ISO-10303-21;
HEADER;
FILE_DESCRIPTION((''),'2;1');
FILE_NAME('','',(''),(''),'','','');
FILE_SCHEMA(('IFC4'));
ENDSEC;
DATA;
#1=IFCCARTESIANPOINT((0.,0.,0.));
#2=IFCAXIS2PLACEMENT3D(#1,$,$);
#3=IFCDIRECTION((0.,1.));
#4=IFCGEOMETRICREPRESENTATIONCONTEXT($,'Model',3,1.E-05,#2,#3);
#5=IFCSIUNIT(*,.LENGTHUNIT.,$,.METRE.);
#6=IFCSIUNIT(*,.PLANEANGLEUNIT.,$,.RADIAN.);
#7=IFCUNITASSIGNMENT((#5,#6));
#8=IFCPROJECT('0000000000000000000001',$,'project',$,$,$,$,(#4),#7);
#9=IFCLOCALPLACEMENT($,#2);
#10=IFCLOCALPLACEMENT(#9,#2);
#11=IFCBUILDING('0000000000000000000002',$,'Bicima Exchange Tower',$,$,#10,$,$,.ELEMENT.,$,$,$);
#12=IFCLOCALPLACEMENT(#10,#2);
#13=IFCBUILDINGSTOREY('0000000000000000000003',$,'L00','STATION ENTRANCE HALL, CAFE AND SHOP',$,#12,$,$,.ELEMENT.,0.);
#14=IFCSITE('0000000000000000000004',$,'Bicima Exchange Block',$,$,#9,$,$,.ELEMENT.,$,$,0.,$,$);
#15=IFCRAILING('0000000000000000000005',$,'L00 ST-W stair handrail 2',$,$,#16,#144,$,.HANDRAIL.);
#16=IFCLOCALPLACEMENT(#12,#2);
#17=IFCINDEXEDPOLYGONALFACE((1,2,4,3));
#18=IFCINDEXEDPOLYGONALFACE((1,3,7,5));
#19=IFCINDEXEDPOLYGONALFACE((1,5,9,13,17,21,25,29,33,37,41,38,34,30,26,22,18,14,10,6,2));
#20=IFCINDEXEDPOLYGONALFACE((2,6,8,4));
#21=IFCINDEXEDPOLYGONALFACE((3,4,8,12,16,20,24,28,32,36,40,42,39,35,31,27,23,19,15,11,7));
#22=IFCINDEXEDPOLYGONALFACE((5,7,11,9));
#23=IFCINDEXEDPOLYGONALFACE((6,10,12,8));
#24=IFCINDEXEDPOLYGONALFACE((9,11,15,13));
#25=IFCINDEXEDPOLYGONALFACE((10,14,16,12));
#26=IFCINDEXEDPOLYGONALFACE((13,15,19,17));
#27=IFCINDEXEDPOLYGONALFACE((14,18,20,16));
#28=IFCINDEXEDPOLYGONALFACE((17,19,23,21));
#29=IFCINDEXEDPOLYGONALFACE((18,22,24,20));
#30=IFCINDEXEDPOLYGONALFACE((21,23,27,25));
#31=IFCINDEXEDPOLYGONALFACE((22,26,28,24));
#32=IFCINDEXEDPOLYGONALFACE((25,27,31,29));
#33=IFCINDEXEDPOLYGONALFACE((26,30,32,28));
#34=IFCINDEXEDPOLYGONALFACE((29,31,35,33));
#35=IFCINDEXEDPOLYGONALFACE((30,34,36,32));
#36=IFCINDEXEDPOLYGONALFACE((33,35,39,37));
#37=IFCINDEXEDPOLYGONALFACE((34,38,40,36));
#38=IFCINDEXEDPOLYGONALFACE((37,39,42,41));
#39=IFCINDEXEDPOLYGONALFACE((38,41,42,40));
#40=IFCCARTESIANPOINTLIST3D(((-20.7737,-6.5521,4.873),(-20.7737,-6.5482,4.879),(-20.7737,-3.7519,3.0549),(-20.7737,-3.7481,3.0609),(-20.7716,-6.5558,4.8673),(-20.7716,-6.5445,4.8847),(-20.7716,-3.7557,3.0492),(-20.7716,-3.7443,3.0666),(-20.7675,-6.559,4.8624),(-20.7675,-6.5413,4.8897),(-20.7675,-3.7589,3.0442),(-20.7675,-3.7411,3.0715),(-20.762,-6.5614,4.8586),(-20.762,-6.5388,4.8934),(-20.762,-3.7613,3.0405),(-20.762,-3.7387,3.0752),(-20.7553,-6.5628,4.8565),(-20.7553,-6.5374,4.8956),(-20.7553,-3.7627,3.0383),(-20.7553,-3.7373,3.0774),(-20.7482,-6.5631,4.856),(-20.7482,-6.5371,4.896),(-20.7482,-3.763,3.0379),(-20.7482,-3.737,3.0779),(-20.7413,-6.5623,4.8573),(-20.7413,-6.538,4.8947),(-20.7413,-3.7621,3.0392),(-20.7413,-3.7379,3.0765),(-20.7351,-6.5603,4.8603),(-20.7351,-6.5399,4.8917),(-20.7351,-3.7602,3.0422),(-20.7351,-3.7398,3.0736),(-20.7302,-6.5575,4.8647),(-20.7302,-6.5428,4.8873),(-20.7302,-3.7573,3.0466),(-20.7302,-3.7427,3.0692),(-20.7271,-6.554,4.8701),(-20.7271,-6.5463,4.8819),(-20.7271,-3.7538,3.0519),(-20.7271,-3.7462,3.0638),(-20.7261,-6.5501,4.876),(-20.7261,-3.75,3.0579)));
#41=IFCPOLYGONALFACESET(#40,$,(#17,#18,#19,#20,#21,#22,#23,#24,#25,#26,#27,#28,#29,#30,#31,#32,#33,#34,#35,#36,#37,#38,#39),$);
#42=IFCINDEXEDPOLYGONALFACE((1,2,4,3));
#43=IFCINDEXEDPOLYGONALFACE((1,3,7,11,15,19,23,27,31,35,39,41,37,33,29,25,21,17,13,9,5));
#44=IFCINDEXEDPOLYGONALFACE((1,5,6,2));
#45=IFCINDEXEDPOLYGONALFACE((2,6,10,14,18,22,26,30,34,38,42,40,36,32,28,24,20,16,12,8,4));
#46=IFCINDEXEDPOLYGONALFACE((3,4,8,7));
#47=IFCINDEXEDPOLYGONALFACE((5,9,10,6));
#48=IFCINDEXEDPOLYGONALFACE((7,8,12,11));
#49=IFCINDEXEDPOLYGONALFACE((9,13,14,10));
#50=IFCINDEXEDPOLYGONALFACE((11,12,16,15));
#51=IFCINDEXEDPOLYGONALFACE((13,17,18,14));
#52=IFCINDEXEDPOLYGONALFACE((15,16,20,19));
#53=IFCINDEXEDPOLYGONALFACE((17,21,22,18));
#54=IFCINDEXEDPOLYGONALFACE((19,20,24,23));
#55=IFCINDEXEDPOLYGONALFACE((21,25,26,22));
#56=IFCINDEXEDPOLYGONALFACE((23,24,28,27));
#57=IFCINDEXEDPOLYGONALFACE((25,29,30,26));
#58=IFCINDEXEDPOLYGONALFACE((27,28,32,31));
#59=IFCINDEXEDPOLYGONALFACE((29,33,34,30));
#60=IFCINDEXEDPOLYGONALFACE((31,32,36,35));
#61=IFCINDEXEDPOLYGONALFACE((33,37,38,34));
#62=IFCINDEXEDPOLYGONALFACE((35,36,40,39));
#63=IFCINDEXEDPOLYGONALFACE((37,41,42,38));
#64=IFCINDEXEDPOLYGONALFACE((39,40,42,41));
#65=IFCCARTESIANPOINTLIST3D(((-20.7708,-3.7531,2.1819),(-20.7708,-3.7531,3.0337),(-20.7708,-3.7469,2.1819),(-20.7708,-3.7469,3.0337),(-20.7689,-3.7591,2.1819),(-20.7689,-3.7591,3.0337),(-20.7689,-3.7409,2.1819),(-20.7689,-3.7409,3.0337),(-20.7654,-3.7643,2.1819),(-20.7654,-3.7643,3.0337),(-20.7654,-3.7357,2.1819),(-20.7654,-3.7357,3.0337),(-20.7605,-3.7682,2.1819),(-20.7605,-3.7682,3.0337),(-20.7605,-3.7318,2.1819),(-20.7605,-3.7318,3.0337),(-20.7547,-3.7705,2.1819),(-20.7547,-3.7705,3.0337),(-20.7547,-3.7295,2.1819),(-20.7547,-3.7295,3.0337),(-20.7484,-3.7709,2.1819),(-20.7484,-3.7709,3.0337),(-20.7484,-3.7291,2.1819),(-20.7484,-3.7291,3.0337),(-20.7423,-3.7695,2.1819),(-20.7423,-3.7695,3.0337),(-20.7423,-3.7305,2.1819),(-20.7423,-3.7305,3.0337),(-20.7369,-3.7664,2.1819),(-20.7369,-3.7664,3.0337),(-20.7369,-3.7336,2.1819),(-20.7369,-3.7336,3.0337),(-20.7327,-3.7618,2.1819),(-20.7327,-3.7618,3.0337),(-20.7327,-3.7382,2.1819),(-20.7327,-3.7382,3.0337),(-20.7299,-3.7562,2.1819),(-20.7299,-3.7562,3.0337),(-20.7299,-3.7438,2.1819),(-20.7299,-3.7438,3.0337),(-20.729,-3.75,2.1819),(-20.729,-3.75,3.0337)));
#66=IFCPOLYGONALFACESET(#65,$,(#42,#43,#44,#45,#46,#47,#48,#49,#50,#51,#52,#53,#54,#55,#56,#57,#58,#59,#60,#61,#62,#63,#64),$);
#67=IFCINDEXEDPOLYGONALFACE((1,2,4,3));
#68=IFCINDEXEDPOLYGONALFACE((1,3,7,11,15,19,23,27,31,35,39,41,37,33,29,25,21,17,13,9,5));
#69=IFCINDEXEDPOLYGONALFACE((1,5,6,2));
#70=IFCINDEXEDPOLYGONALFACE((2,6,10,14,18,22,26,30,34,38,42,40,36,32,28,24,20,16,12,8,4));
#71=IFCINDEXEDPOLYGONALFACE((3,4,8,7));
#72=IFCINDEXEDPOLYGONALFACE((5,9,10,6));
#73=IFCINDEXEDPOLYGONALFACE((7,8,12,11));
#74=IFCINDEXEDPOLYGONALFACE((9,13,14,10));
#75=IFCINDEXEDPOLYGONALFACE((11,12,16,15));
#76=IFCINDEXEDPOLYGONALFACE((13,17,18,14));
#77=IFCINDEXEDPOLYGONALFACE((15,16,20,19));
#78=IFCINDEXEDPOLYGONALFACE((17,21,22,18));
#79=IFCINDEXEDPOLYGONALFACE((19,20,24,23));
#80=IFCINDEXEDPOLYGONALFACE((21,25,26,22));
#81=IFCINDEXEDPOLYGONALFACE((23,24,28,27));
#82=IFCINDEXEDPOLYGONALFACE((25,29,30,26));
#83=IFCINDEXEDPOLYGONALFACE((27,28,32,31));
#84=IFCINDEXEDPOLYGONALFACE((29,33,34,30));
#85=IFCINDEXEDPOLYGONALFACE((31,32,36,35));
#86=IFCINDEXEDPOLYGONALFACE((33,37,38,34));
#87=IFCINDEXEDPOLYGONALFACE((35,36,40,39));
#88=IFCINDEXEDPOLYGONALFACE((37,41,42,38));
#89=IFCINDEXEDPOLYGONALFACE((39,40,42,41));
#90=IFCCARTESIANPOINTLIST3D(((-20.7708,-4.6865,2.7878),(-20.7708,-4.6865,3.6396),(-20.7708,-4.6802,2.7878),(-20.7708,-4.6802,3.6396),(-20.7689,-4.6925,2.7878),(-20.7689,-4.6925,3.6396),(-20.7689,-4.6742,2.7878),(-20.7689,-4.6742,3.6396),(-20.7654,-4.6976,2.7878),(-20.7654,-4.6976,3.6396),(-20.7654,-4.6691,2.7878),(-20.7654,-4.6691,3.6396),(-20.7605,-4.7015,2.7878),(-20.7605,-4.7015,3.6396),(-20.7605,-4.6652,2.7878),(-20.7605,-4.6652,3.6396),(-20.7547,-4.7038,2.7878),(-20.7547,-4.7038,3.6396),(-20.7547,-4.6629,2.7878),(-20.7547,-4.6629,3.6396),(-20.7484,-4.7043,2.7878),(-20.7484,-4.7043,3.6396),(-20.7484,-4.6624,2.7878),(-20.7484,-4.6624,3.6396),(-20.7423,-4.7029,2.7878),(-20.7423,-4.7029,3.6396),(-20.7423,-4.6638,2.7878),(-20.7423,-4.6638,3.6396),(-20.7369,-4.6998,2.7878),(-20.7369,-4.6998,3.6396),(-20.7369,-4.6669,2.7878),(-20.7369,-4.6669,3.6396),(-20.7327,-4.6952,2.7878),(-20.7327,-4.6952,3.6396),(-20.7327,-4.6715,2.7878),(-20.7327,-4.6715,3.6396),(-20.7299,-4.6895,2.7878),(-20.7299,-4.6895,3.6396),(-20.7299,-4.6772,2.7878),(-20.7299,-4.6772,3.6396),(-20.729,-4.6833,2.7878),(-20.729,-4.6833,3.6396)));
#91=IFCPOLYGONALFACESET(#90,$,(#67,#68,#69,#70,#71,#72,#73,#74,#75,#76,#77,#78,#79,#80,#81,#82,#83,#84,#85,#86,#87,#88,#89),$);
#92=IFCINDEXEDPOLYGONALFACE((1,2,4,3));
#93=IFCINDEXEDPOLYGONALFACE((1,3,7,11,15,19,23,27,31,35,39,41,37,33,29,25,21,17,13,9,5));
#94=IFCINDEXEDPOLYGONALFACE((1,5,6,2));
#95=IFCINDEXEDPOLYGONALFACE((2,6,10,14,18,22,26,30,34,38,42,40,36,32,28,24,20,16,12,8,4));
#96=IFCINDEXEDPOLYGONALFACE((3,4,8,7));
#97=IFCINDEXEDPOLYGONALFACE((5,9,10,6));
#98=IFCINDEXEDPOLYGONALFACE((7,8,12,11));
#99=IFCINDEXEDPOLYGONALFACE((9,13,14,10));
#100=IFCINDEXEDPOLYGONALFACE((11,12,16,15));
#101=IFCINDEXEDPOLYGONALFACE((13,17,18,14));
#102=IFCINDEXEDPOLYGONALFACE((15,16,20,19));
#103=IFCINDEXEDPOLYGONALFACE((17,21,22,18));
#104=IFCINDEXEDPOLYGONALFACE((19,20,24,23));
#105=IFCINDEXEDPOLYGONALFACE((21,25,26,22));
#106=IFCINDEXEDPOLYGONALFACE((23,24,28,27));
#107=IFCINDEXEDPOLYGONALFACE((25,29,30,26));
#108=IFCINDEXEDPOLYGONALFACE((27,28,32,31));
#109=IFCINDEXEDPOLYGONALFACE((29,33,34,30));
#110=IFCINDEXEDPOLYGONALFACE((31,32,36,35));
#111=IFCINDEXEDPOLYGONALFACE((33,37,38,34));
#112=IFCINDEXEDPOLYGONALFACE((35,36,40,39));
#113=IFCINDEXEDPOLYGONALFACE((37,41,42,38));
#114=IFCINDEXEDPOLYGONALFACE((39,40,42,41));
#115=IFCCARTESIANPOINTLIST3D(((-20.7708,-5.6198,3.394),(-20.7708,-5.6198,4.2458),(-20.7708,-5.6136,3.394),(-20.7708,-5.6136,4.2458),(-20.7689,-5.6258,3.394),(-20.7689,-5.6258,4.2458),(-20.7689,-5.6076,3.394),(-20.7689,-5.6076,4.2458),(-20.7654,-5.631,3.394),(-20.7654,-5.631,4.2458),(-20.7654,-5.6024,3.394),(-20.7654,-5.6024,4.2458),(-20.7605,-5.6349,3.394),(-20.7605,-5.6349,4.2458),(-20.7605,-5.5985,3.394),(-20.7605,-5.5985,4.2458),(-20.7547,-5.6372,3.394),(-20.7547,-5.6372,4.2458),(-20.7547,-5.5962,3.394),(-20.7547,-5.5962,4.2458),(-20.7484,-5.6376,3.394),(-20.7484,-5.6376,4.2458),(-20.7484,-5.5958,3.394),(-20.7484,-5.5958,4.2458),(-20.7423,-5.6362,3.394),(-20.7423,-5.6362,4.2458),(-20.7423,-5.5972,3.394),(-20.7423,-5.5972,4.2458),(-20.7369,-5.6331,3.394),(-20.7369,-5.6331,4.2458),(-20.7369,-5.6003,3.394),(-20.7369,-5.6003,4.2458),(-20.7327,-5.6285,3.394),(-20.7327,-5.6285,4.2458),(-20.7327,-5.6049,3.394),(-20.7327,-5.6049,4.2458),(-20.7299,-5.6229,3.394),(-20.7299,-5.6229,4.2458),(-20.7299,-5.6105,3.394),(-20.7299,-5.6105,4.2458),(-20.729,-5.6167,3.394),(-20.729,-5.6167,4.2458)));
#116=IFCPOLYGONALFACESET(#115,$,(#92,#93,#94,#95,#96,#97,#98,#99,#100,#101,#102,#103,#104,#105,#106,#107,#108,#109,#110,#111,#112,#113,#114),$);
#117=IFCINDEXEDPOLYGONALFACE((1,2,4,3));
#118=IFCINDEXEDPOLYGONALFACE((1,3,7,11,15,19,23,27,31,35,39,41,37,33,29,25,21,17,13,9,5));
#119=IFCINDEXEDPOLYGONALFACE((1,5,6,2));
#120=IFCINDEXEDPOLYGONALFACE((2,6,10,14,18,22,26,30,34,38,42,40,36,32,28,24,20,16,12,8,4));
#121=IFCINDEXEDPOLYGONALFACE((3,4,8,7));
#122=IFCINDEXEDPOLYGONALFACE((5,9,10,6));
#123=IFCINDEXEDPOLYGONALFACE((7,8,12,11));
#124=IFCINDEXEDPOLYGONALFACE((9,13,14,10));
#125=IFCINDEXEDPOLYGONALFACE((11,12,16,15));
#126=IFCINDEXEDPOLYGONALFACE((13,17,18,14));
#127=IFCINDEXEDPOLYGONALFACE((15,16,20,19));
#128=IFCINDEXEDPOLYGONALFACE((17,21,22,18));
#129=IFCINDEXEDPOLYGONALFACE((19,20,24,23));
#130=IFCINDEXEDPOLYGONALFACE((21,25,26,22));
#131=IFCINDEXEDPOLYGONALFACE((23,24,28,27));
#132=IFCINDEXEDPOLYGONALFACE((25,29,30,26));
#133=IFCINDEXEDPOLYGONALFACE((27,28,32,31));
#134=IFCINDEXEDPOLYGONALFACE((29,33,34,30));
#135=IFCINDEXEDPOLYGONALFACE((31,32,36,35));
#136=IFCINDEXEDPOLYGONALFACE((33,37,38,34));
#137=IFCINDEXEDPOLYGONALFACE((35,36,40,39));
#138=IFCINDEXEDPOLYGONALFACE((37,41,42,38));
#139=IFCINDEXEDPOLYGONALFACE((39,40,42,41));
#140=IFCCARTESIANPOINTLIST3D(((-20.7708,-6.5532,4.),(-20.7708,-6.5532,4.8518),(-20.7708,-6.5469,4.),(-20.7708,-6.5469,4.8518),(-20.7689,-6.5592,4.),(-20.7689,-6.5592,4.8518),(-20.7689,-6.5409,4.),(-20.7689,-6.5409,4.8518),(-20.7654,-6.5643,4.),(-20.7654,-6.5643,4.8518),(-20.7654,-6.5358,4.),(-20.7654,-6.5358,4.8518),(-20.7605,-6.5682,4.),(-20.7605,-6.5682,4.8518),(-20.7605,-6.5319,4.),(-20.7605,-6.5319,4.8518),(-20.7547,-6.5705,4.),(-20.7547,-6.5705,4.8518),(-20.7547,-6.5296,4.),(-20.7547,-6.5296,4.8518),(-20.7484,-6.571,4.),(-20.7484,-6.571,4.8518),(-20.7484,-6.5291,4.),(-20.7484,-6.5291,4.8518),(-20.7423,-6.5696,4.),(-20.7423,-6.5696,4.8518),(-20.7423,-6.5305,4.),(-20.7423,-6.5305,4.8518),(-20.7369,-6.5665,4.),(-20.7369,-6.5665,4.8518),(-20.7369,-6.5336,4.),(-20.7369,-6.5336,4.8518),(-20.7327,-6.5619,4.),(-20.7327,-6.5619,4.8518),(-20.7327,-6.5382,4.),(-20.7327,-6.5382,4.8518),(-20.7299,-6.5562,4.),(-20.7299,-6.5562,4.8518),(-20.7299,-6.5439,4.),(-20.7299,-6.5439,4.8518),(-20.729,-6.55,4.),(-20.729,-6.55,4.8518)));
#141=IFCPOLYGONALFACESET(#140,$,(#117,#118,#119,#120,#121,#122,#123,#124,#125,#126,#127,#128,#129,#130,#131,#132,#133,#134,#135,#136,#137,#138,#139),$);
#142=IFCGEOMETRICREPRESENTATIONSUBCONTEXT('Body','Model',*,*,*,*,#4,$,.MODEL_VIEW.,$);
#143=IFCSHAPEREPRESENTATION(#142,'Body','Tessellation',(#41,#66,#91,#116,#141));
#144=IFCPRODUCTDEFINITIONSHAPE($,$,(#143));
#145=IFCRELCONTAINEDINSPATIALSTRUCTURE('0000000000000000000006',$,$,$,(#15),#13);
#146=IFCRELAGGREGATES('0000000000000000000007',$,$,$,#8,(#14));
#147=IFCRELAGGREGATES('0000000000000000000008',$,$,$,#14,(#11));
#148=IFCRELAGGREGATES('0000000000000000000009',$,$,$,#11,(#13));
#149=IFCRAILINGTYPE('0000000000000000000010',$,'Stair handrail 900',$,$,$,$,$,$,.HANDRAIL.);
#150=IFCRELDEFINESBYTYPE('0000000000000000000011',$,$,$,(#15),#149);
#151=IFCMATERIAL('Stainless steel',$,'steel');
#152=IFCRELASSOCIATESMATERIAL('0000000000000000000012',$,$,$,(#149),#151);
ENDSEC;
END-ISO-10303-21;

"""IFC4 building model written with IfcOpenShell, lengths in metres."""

from ifc_helpers import new_model, si_unit, direction, frame, origin, origin_2d, place, context, subcontext, project, spatial, circle, extrude, material, type_object, element, save


model = new_model("IFC4")

# Units and contexts
model_context = context("Model", 3, precision=1e-05, world=origin(), true_north=direction((0.0, 1.0)))
body_context = subcontext(model_context, "Body", "Model", "MODEL_VIEW")
ifc_project = project(units=[si_unit("LENGTHUNIT", "METRE"), si_unit("PLANEANGLEUNIT", "RADIAN")], contexts=[model_context])

# Site, building, storey
site_placement = place(None, origin())
site = spatial("IfcSite", under=ifc_project, at=site_placement, Name="Bicima Exchange Block", CompositionType="ELEMENT", RefElevation=0.0)
building_placement = place(site_placement, origin())
building = spatial("IfcBuilding", under=site, at=building_placement, Name="Bicima Exchange Tower", CompositionType="ELEMENT")
storey_placement = place(building_placement, origin())
storey = spatial("IfcBuildingStorey", under=building, at=storey_placement, Name="L00", Description="STATION ENTRANCE HALL, CAFE AND SHOP", CompositionType="ELEMENT", Elevation=0.0)

# Railing
ifc_material_1 = material(Name="Stainless steel", Category="steel")
railing_type_1 = type_object("IfcRailingType", Name="Stair handrail 900", PredefinedType="HANDRAIL", material=ifc_material_1)
railing_1_placement = place(storey_placement, frame((-20.75, -3.75, 2.1819)))
element("IfcRailing", 1, at=railing_1_placement, inside=storey, type_object=railing_type_1, Name="L00 ST-W stair handrail 2", PredefinedType="HANDRAIL", context=body_context, shape_type="SweptSolid", body=[
    extrude(circle(Radius=0.0239, at=origin_2d()), frame((0.0, 0.0, 0.876), z_axis=(0.0, -0.838706, 0.544585), x_axis=(1.0, 0.0, 0.0)), (0.0, 0.0, 1.0), 3.3386),
    extrude(circle(Radius=0.021, at=origin_2d()), origin(), (0.0, 0.0, 1.0), 0.8518),
    extrude(circle(Radius=0.021, at=origin_2d()), frame((0.0, -0.9333, 0.606)), (0.0, 0.0, 1.0), 0.8518),
    extrude(circle(Radius=0.021, at=origin_2d()), frame((0.0, -1.8667, 1.2122)), (0.0, 0.0, 1.0), 0.8518),
    extrude(circle(Radius=0.021, at=origin_2d()), frame((0.0, -2.8, 1.8181)), (0.0, 0.0, 1.0), 0.8518),
])

save(model, "model.ifc")
